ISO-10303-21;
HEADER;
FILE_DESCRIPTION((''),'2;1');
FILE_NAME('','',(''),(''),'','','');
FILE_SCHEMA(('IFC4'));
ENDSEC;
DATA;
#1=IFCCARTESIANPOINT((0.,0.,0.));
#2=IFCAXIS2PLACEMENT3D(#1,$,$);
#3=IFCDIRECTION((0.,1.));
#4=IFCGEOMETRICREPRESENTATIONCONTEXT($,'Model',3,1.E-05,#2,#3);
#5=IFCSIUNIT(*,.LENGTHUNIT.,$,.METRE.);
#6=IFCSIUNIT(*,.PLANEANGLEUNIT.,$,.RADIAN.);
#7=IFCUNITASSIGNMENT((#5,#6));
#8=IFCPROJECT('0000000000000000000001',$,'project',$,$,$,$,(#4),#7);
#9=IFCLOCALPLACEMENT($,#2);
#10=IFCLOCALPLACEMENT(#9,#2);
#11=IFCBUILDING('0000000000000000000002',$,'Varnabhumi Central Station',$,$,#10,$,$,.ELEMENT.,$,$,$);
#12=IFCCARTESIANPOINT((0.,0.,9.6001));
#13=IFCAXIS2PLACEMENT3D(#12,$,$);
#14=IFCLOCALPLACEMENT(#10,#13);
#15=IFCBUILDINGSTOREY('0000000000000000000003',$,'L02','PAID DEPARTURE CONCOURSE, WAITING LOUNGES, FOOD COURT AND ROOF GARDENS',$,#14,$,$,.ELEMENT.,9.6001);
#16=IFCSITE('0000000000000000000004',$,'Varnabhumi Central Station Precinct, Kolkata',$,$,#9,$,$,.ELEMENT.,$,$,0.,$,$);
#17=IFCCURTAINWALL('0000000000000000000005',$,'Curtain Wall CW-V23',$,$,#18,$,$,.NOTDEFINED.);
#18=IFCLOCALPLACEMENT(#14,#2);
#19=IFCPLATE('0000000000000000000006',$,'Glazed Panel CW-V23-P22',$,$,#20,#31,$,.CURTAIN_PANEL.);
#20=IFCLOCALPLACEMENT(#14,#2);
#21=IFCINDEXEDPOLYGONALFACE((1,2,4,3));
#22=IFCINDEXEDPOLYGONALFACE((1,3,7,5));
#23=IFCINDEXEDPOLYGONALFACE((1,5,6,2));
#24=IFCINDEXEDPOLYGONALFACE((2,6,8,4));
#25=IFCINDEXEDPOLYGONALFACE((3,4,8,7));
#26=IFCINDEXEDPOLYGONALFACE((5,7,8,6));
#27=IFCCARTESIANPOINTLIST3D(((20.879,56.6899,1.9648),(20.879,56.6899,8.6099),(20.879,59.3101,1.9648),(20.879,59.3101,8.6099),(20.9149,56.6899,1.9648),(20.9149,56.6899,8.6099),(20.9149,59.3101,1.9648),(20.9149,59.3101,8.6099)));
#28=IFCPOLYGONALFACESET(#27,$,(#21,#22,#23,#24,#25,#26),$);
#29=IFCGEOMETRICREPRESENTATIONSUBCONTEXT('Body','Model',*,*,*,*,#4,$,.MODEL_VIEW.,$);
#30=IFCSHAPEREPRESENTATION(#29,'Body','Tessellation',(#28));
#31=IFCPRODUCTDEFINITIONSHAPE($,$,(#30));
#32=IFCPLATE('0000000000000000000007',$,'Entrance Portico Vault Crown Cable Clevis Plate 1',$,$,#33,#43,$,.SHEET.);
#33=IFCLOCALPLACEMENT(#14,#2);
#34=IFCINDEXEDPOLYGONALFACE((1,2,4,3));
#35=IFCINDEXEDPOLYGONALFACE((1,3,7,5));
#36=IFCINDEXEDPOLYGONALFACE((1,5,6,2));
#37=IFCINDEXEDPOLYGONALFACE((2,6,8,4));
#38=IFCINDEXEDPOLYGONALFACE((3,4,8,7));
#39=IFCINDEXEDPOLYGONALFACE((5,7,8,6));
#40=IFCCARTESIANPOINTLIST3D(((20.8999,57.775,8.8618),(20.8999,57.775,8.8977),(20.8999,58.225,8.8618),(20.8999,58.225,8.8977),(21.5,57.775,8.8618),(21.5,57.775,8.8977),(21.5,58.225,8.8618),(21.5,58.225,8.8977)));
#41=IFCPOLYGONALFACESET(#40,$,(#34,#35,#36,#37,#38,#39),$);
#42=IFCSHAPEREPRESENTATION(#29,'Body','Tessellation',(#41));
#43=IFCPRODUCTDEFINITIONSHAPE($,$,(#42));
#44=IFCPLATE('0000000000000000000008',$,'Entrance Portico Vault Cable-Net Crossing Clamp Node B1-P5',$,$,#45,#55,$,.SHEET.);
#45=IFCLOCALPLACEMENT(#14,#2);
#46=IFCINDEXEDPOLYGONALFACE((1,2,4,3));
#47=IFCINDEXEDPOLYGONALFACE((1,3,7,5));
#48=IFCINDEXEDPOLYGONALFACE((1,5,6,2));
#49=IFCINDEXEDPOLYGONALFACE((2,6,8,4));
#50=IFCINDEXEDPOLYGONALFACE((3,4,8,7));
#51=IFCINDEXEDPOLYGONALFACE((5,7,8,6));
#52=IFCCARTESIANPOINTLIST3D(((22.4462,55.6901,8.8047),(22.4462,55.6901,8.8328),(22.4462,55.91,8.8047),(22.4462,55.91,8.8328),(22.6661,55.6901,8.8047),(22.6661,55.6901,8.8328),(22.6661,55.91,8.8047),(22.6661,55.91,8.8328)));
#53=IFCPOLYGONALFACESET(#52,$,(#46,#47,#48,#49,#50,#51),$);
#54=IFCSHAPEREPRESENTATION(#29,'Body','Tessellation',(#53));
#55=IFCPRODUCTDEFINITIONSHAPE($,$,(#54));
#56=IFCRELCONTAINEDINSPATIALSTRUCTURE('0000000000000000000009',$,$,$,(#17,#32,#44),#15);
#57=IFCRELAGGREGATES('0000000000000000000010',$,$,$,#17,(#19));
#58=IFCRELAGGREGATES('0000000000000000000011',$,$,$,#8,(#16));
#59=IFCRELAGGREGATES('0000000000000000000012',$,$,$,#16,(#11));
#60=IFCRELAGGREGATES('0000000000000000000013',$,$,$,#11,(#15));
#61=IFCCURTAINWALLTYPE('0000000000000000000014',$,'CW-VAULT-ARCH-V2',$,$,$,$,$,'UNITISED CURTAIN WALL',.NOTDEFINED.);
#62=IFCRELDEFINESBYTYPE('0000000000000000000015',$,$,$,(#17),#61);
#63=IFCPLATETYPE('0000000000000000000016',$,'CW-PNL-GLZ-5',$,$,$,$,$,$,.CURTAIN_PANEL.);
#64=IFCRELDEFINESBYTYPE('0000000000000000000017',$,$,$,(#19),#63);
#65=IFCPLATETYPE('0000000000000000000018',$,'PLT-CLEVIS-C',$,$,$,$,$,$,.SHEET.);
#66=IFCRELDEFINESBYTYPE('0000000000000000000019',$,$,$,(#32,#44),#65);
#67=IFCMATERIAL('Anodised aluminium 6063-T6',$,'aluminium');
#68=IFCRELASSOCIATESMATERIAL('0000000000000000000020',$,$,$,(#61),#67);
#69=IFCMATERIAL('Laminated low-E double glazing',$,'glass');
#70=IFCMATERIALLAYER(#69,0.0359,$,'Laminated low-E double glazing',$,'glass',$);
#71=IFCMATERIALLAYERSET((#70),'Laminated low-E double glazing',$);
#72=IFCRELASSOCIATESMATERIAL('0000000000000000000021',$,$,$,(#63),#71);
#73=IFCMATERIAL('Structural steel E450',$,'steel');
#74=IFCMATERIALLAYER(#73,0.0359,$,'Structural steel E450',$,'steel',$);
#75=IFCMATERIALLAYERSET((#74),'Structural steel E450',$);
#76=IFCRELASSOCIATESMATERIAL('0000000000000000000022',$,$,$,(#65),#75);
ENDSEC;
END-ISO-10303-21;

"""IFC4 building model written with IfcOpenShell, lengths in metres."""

from ifc_helpers import new_model, si_unit, direction, frame, origin, origin_2d, place, context, subcontext, project, spatial, rectangle, extrude, material, layer, layer_set, type_object, element, aggregate, save


model = new_model("IFC4")

# Units and contexts
model_context = context("Model", 3, precision=1e-05, world=origin(), true_north=direction((0.0, 1.0)))
body_context = subcontext(model_context, "Body", "Model", "MODEL_VIEW")
ifc_project = project(units=[si_unit("LENGTHUNIT", "METRE"), si_unit("PLANEANGLEUNIT", "RADIAN")], contexts=[model_context])

# Site, building, storey
site_placement = place(None, origin())
site = spatial("IfcSite", under=ifc_project, at=site_placement, Name="Varnabhumi Central Station Precinct, Kolkata", CompositionType="ELEMENT", RefElevation=0.0)
building_placement = place(site_placement, origin())
building = spatial("IfcBuilding", under=site, at=building_placement, Name="Varnabhumi Central Station", CompositionType="ELEMENT")
storey_placement = place(building_placement, frame((0.0, 0.0, 9.6001)))
storey = spatial("IfcBuildingStorey", under=building, at=storey_placement, Name="L02", Description="PAID DEPARTURE CONCOURSE, WAITING LOUNGES, FOOD COURT AND ROOF GARDENS", CompositionType="ELEMENT", Elevation=9.6001)

# Curtain wall
ifc_material_1 = material(Name="Anodised aluminium 6063-T6", Category="aluminium")
curtain_wall_type = type_object("IfcCurtainWallType", Name="CW-VAULT-ARCH-V2", ElementType="UNITISED CURTAIN WALL", PredefinedType="NOTDEFINED", material=ifc_material_1)
curtain_wall_1_placement = place(storey_placement, origin())
curtain_wall_1 = element("IfcCurtainWall", 1, at=curtain_wall_1_placement, inside=storey, type_object=curtain_wall_type, Name="Curtain Wall CW-V23", PredefinedType="NOTDEFINED")

# Plate
ifc_material_2 = material(Name="Laminated low-E double glazing", Category="glass")
ifc_layer_1 = layer(ifc_material_2, 0.0359, Name="Laminated low-E double glazing", Category="glass")
ifc_layer_set_1 = layer_set([ifc_layer_1], Name="Laminated low-E double glazing")
plate_type_1 = type_object("IfcPlateType", Name="CW-PNL-GLZ-5", PredefinedType="CURTAIN_PANEL", material=ifc_layer_set_1)
plate_1_placement = place(storey_placement, frame((20.897, 58.0, 1.9648), z_axis=(0.0, 0.0, 1.0), x_axis=(0.0, 1.0, 0.0)))
plate_1 = element("IfcPlate", 2, at=plate_1_placement, type_object=plate_type_1, Name="Glazed Panel CW-V23-P22", PredefinedType="CURTAIN_PANEL", context=body_context, shape_type="SweptSolid", body=[
    extrude(rectangle(XDim=2.6201, YDim=0.0359, at=origin_2d()), origin(), (0.0, 0.0, 1.0), 6.645),
])
aggregate(curtain_wall_1, [plate_1])

# Plates
ifc_material_3 = material(Name="Structural steel E450", Category="steel")
ifc_layer_2 = layer(ifc_material_3, 0.0359, Name="Structural steel E450", Category="steel")
ifc_layer_set_2 = layer_set([ifc_layer_2], Name="Structural steel E450")
plate_type_2 = type_object("IfcPlateType", Name="PLT-CLEVIS-C", PredefinedType="SHEET", material=ifc_layer_set_2)
plate_2_placement = place(storey_placement, frame((21.2, 58.0, 8.8618), z_axis=(0.0, 0.0, 1.0), x_axis=(1.0, 0.0, 0.0)))
element("IfcPlate", 3, at=plate_2_placement, inside=storey, type_object=plate_type_2, Name="Entrance Portico Vault Crown Cable Clevis Plate 1", PredefinedType="SHEET", context=body_context, shape_type="SweptSolid", body=[
    extrude(rectangle(XDim=0.6001, YDim=0.45, at=origin_2d()), origin(), (0.0, 0.0, 1.0), 0.0359),
])
plate_3_placement = place(storey_placement, frame((22.5562, 55.8, 8.8047), z_axis=(0.0, 0.0, 1.0), x_axis=(1.0, 0.0, 0.0)))
element("IfcPlate", 4, at=plate_3_placement, inside=storey, type_object=plate_type_2, Name="Entrance Portico Vault Cable-Net Crossing Clamp Node B1-P5", PredefinedType="SHEET", context=body_context, shape_type="SweptSolid", body=[
    extrude(rectangle(XDim=0.22, YDim=0.22, at=origin_2d()), origin(), (0.0, 0.0, 1.0), 0.0281),
])

save(model, "model.ifc")
